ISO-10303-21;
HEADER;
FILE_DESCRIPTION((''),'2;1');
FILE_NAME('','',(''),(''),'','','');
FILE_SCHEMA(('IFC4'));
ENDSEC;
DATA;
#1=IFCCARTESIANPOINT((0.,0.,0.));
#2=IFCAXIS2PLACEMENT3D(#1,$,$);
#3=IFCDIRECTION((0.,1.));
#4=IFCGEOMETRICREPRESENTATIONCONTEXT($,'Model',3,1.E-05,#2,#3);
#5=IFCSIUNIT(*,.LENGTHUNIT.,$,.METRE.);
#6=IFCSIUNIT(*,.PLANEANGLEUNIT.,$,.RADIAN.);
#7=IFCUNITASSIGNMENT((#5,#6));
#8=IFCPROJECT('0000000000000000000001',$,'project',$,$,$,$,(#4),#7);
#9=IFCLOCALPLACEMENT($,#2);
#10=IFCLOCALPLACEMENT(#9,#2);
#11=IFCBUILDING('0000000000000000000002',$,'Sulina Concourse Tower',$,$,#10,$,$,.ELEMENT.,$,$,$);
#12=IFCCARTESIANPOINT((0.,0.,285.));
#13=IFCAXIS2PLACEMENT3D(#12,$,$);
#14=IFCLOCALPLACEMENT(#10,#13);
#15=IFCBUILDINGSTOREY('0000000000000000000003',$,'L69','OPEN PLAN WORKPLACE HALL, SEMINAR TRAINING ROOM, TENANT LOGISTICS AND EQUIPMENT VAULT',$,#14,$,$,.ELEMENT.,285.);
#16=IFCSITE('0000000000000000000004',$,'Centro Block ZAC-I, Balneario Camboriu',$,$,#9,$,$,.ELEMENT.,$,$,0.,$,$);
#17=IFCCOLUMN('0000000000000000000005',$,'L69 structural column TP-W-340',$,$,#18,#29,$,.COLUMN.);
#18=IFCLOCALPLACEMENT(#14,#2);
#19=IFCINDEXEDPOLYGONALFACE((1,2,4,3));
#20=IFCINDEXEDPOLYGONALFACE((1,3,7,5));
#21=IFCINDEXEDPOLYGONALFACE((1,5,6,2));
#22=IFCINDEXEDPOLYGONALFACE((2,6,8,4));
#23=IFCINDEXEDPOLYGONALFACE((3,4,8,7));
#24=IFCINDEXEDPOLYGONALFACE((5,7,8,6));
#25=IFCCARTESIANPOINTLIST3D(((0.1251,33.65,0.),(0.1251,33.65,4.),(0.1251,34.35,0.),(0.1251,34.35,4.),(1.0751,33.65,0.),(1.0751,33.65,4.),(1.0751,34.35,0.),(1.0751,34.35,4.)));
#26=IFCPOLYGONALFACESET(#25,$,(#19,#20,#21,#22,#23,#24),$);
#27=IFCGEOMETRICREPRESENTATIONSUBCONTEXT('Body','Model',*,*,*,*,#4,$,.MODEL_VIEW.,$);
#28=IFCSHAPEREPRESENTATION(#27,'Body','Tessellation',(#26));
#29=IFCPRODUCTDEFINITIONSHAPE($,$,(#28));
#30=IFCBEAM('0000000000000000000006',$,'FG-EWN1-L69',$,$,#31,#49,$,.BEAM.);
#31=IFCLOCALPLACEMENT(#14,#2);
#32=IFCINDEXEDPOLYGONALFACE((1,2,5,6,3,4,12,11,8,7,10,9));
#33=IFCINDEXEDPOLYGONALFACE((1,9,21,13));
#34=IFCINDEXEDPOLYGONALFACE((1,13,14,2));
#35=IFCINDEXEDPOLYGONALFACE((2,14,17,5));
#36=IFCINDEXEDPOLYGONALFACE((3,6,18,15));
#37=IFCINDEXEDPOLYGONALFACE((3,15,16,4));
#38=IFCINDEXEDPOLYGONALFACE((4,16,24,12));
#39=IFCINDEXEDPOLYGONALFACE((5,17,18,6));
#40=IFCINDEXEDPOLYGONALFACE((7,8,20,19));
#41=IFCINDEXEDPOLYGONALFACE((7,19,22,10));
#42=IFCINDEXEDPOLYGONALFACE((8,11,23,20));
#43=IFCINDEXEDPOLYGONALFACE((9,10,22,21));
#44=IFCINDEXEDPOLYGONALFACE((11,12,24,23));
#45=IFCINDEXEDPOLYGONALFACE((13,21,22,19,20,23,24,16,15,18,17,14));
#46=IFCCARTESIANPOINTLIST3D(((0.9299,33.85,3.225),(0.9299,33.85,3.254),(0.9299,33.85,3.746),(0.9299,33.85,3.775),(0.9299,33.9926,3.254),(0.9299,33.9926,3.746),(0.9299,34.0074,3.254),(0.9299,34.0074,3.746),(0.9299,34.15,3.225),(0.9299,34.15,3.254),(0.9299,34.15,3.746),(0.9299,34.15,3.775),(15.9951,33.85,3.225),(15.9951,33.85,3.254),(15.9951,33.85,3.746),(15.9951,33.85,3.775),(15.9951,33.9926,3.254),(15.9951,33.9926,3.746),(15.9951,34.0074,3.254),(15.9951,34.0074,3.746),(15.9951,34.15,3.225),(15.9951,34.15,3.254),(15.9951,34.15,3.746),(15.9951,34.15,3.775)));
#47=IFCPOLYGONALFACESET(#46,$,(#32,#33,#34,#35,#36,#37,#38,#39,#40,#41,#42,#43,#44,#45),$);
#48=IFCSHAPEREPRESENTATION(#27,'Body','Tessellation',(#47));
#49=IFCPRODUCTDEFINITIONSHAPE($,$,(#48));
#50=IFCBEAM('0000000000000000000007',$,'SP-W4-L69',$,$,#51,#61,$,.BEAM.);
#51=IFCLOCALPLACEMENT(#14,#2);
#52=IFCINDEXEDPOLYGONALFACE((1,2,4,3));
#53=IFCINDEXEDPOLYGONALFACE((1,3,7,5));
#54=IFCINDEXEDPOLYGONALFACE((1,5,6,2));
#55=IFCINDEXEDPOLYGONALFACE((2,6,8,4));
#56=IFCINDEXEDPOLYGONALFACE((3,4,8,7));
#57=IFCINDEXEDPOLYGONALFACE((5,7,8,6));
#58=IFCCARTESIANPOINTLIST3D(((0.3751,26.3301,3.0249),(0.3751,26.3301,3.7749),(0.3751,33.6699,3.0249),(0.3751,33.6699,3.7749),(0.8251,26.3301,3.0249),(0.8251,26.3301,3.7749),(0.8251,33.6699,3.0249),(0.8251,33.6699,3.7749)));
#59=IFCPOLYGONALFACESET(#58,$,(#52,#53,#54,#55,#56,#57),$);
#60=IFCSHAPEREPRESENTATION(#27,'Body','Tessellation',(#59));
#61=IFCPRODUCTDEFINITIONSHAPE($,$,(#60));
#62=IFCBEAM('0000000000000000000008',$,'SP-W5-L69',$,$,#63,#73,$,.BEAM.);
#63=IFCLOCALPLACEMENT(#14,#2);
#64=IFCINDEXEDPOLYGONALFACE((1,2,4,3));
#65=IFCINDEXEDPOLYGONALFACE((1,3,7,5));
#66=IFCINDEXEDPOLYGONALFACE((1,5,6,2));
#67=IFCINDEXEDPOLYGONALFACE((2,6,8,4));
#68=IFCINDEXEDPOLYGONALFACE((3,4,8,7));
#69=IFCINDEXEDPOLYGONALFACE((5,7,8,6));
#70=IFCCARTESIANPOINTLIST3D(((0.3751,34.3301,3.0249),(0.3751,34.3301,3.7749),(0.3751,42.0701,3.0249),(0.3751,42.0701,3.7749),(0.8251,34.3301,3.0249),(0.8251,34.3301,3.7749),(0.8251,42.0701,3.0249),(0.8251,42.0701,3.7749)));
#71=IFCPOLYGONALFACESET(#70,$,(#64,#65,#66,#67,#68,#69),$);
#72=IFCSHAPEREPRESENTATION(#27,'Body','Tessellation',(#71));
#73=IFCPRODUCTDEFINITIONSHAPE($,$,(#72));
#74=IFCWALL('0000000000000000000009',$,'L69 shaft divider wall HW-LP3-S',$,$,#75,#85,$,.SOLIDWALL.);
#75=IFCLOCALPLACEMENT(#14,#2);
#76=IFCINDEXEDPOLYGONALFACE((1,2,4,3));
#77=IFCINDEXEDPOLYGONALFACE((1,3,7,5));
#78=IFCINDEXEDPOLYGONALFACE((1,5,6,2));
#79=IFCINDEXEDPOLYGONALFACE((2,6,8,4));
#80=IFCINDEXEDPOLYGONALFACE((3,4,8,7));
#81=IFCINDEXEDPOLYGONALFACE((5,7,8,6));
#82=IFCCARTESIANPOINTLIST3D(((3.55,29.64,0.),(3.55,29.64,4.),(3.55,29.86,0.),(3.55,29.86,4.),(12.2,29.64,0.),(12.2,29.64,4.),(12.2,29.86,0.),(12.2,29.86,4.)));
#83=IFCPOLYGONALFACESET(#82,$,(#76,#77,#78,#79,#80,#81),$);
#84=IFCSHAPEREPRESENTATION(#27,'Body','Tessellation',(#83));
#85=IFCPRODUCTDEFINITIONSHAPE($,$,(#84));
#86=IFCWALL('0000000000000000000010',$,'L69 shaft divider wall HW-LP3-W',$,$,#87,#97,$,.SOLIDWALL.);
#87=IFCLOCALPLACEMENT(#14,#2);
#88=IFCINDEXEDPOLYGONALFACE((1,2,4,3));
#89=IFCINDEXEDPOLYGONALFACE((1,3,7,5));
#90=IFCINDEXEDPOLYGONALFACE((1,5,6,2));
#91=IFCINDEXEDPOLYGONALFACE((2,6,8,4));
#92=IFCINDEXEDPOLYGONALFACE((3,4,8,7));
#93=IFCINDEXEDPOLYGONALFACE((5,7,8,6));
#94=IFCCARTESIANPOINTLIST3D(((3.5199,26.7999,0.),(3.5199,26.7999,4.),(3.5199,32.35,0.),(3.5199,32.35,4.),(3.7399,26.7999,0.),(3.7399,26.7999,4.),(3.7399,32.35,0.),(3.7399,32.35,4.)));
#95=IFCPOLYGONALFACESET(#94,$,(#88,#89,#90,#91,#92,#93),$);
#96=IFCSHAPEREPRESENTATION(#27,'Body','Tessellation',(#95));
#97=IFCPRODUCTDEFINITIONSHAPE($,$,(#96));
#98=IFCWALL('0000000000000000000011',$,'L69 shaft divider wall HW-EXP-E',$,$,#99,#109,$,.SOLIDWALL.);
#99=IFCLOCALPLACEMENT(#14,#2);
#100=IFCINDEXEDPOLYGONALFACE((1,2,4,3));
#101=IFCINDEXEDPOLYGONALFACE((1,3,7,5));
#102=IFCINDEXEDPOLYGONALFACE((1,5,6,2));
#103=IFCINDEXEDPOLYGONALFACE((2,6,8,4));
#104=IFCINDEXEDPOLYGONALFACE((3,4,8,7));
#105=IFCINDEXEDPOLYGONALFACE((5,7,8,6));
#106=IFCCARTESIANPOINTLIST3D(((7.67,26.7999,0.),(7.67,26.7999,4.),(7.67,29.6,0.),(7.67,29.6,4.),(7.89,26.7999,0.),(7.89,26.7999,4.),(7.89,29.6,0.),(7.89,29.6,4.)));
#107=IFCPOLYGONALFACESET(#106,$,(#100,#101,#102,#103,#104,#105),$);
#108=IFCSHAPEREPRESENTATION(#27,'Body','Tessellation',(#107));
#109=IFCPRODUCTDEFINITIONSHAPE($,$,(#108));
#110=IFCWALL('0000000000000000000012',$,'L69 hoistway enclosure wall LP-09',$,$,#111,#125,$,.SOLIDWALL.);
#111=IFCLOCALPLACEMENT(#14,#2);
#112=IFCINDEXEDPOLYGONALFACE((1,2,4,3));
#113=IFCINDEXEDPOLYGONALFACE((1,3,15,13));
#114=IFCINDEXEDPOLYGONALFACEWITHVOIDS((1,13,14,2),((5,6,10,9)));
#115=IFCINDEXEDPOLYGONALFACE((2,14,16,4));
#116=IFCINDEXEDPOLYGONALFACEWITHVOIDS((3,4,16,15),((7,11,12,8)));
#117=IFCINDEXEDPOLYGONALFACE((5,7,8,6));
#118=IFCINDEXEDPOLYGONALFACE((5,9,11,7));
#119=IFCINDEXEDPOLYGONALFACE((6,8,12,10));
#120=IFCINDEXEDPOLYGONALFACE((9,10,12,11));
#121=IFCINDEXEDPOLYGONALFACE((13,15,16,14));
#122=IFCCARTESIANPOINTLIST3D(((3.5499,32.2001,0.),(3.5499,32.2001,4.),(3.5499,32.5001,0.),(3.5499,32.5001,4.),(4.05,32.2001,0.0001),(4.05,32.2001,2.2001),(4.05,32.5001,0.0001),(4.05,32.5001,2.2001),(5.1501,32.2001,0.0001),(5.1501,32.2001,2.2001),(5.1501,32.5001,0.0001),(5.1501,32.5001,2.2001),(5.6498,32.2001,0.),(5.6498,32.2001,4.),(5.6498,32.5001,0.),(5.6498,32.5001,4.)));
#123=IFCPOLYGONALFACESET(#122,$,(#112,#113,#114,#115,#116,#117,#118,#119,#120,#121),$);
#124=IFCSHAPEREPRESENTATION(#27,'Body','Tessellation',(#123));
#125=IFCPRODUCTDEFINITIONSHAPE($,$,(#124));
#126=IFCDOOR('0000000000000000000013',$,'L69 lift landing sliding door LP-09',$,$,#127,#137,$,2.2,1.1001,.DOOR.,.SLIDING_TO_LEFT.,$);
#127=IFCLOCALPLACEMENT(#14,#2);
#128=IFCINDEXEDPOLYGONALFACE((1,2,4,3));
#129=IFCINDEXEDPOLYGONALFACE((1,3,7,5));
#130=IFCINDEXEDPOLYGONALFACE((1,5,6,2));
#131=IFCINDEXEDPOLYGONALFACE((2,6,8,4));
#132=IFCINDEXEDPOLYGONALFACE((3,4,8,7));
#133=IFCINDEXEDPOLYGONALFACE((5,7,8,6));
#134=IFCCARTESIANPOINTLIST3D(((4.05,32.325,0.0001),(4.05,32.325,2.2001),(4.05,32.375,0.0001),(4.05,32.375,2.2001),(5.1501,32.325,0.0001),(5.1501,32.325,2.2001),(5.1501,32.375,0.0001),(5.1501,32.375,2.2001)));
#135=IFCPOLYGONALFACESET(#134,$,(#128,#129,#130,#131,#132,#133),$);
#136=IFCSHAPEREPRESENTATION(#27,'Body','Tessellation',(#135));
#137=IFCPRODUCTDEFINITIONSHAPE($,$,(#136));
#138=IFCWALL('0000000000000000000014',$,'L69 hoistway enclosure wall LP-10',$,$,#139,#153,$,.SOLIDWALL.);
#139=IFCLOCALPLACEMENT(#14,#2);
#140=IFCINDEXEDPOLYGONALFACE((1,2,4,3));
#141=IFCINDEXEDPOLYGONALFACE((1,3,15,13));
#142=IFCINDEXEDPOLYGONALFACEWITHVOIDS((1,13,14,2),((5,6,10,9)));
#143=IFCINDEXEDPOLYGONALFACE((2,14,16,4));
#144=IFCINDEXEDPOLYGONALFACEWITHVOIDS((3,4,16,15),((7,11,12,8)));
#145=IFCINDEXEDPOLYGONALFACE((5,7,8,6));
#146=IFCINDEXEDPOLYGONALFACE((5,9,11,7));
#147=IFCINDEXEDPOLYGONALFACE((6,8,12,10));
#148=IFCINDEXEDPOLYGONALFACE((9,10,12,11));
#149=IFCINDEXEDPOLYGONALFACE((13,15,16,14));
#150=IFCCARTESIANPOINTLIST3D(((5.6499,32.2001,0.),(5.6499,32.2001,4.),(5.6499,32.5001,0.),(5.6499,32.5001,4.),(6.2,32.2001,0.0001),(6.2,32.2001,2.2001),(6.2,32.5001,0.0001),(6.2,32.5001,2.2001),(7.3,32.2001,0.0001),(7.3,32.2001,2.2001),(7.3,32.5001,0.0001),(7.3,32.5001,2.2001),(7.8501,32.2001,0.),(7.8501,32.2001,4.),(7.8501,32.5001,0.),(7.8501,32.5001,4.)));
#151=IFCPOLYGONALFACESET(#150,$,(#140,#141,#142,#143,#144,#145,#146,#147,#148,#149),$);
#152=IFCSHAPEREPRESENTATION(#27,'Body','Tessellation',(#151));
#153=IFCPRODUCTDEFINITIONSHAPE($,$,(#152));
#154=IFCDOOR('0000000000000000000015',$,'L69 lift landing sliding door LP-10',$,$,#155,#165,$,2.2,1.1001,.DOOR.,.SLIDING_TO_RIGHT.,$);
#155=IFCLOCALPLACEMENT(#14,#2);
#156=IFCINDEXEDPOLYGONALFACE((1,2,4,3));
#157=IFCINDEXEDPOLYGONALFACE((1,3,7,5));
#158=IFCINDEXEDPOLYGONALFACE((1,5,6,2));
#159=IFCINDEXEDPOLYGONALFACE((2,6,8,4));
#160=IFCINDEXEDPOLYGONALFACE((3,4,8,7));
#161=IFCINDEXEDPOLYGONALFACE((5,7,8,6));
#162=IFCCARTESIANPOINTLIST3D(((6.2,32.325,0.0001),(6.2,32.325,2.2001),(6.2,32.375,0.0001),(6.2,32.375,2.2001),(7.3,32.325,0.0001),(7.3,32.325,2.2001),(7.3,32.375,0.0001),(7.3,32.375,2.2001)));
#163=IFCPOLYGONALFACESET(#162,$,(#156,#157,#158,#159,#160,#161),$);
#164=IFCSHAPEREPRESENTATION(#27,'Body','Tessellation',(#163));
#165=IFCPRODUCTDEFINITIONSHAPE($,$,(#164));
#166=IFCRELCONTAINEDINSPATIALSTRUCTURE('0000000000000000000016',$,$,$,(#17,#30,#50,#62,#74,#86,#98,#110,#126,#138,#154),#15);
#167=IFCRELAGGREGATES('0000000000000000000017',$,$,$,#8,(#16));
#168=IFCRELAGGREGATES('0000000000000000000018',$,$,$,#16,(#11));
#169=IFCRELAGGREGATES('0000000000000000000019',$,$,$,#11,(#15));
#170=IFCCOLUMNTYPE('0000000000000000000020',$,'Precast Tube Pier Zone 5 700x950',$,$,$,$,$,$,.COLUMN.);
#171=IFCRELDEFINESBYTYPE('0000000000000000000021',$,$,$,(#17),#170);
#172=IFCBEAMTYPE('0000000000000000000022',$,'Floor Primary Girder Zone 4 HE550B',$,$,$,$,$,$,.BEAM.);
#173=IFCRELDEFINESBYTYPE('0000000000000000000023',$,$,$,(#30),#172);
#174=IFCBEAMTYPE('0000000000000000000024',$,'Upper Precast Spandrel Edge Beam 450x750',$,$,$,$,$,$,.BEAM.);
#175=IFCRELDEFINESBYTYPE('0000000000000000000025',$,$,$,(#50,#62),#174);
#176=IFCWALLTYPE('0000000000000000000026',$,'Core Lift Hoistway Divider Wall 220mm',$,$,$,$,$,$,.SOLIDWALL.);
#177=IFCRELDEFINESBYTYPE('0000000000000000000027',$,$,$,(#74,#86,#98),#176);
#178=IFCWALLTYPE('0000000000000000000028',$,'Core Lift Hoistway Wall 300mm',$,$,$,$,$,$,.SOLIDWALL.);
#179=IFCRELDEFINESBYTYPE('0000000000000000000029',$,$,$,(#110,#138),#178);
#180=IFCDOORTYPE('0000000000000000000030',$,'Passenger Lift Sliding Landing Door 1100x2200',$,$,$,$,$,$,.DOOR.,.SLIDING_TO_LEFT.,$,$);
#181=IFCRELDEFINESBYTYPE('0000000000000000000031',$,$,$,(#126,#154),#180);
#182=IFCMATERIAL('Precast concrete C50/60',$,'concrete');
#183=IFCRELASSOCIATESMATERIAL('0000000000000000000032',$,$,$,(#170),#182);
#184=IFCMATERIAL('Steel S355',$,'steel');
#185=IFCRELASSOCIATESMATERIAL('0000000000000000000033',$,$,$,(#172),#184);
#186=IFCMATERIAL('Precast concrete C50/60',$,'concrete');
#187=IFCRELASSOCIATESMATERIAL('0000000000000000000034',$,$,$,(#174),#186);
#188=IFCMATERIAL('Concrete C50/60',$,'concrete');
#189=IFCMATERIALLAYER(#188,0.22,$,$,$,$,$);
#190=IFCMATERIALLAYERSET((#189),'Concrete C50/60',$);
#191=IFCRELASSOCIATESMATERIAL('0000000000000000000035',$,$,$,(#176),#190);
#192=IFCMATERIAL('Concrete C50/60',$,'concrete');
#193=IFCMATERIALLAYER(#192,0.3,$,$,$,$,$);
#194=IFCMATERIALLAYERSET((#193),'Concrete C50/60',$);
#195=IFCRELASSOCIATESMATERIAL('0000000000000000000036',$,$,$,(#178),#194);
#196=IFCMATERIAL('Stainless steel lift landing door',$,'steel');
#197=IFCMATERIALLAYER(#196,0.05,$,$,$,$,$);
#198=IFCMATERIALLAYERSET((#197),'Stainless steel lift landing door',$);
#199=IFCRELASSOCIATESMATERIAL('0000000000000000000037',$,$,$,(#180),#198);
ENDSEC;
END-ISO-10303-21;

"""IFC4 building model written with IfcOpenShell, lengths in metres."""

from ifc_helpers import new_model, si_unit, direction, frame, frame_2d, origin, origin_2d, place, context, subcontext, project, spatial, rectangle, i_section, extrude, material, layer, layer_set, material_profile, profile_set, type_object, element, fill, save


model = new_model("IFC4")

# Units and contexts
model_context = context("Model", 3, precision=1e-05, world=origin(), true_north=direction((0.0, 1.0)))
body_context = subcontext(model_context, "Body", "Model", "MODEL_VIEW")
ifc_project = project(units=[si_unit("LENGTHUNIT", "METRE"), si_unit("PLANEANGLEUNIT", "RADIAN")], contexts=[model_context])

# Site, building, storey
site_placement = place(None, origin())
site = spatial("IfcSite", under=ifc_project, at=site_placement, Name="Centro Block ZAC-I, Balneario Camboriu", CompositionType="ELEMENT", RefElevation=0.0)
building_placement = place(site_placement, origin())
building = spatial("IfcBuilding", under=site, at=building_placement, Name="Sulina Concourse Tower", CompositionType="ELEMENT")
storey_placement = place(building_placement, frame((0.0, 0.0, 285.0)))
storey = spatial("IfcBuildingStorey", under=building, at=storey_placement, Name="L69", Description="OPEN PLAN WORKPLACE HALL, SEMINAR TRAINING ROOM, TENANT LOGISTICS AND EQUIPMENT VAULT", CompositionType="ELEMENT", Elevation=285.0)

# Column
ifc_material_1 = material(Name="Precast concrete C50/60", Category="concrete")
ifc_material_profile_1 = material_profile(ifc_material_1, rectangle(XDim=0.7, YDim=0.95, at=origin_2d()), Name="PC 700x950")
ifc_profile_set_1 = profile_set([ifc_material_profile_1], Name="Precast concrete C50/60")
column_type = type_object("IfcColumnType", Name="Precast Tube Pier Zone 5 700x950", PredefinedType="COLUMN", material=ifc_profile_set_1)
column_placement = place(storey_placement, frame((0.6001, 34.0, 0.0), z_axis=(0.0, 0.0, 1.0), x_axis=(0.0, 1.0, 0.0)))
element("IfcColumn", 1, at=column_placement, inside=storey, type_object=column_type, Name="L69 structural column TP-W-340", PredefinedType="COLUMN", context=body_context, shape_type="SweptSolid", body=[
    extrude(rectangle(XDim=0.7, YDim=0.95, at=origin_2d()), origin(), (0.0, 0.0, 1.0), 4.0),
])

# Beams
ifc_material_2 = material(Name="Steel S355", Category="steel")
ifc_material_profile_2 = material_profile(ifc_material_2, i_section(OverallWidth=0.3, OverallDepth=0.55, WebThickness=0.0149, FlangeThickness=0.0291, at=origin_2d()), Name="HE 550 B")
ifc_profile_set_2 = profile_set([ifc_material_profile_2], Name="Steel S355")
beam_type_1 = type_object("IfcBeamType", Name="Floor Primary Girder Zone 4 HE550B", PredefinedType="BEAM", material=ifc_profile_set_2)
beam_1_placement = place(storey_placement, frame((0.9299, 34.0, 3.5), z_axis=(1.0, 0.0, 0.0), x_axis=(0.0, 1.0, 0.0)))
element("IfcBeam", 2, at=beam_1_placement, inside=storey, type_object=beam_type_1, Name="FG-EWN1-L69", PredefinedType="BEAM", context=body_context, shape_type="SweptSolid", body=[
    extrude(i_section(OverallWidth=0.3, OverallDepth=0.55, WebThickness=0.0149, FlangeThickness=0.0291, at=origin_2d()), origin(), (0.0, 0.0, 1.0), 15.0652),
])
ifc_material_3 = material(Name="Precast concrete C50/60", Category="concrete")
ifc_material_profile_3 = material_profile(ifc_material_3, rectangle(XDim=0.45, YDim=0.75, at=origin_2d()), Name="RC 450x750")
ifc_profile_set_3 = profile_set([ifc_material_profile_3], Name="Precast concrete C50/60")
beam_type_2 = type_object("IfcBeamType", Name="Upper Precast Spandrel Edge Beam 450x750", PredefinedType="BEAM", material=ifc_profile_set_3)
beam_2_placement = place(storey_placement, frame((0.6001, 26.3301, 3.3999), z_axis=(0.0, 1.0, 0.0), x_axis=(-1.0, 0.0, 0.0)))
element("IfcBeam", 3, at=beam_2_placement, inside=storey, type_object=beam_type_2, Name="SP-W4-L69", PredefinedType="BEAM", context=body_context, shape_type="SweptSolid", body=[
    extrude(rectangle(XDim=0.45, YDim=0.75, at=origin_2d()), origin(), (0.0, 0.0, 1.0), 7.3398),
])
beam_3_placement = place(storey_placement, frame((0.6001, 34.3301, 3.3999), z_axis=(0.0, 1.0, 0.0), x_axis=(-1.0, 0.0, 0.0)))
element("IfcBeam", 4, at=beam_3_placement, inside=storey, type_object=beam_type_2, Name="SP-W5-L69", PredefinedType="BEAM", context=body_context, shape_type="SweptSolid", body=[
    extrude(rectangle(XDim=0.45, YDim=0.75, at=origin_2d()), origin(), (0.0, 0.0, 1.0), 7.74),
])

# Walls
ifc_material_4 = material(Name="Concrete C50/60", Category="concrete")
ifc_layer_1 = layer(ifc_material_4, 0.22)
ifc_layer_set_1 = layer_set([ifc_layer_1], Name="Concrete C50/60")
wall_type_1 = type_object("IfcWallType", Name="Core Lift Hoistway Divider Wall 220mm", PredefinedType="SOLIDWALL", material=ifc_layer_set_1)
wall_1_placement = place(storey_placement, frame((3.55, 29.75, 0.0), z_axis=(0.0, 0.0, 1.0), x_axis=(1.0, 0.0, 0.0)))
element("IfcWall", 5, at=wall_1_placement, inside=storey, type_object=wall_type_1, Name="L69 shaft divider wall HW-LP3-S", PredefinedType="SOLIDWALL", context=body_context, shape_type="SweptSolid", body=[
    extrude(rectangle(XDim=8.6499, YDim=0.22, at=frame_2d((4.325, 0.0))), origin(), (0.0, 0.0, 1.0), 4.0),
])
wall_2_placement = place(storey_placement, frame((3.6299, 26.8, 0.0), z_axis=(0.0, 0.0, 1.0), x_axis=(0.0, 1.0, 0.0)))
element("IfcWall", 6, at=wall_2_placement, inside=storey, type_object=wall_type_1, Name="L69 shaft divider wall HW-LP3-W", PredefinedType="SOLIDWALL", context=body_context, shape_type="SweptSolid", body=[
    extrude(rectangle(XDim=5.55, YDim=0.22, at=frame_2d((2.7749, 0.0))), origin(), (0.0, 0.0, 1.0), 4.0),
])
wall_3_placement = place(storey_placement, frame((7.78, 26.8, 0.0), z_axis=(0.0, 0.0, 1.0), x_axis=(0.0, 1.0, 0.0)))
element("IfcWall", 7, at=wall_3_placement, inside=storey, type_object=wall_type_1, Name="L69 shaft divider wall HW-EXP-E", PredefinedType="SOLIDWALL", context=body_context, shape_type="SweptSolid", body=[
    extrude(rectangle(XDim=2.8, YDim=0.22, at=frame_2d((1.3999, 0.0))), origin(), (0.0, 0.0, 1.0), 4.0),
])

# Walls, openings, doors
ifc_material_5 = material(Name="Concrete C50/60", Category="concrete")
ifc_layer_2 = layer(ifc_material_5, 0.3)
ifc_layer_set_2 = layer_set([ifc_layer_2], Name="Concrete C50/60")
wall_type_2 = type_object("IfcWallType", Name="Core Lift Hoistway Wall 300mm", PredefinedType="SOLIDWALL", material=ifc_layer_set_2)
wall_4_placement = place(storey_placement, frame((3.55, 32.3501, 0.0), z_axis=(0.0, 0.0, 1.0), x_axis=(1.0, 0.0, 0.0)))
wall_4 = element("IfcWall", 8, at=wall_4_placement, inside=storey, type_object=wall_type_2, Name="L69 hoistway enclosure wall LP-09", PredefinedType="SOLIDWALL", context=body_context, shape_type="SweptSolid", body=[
    extrude(rectangle(XDim=2.0999, YDim=0.3, at=frame_2d((1.0498, 0.0))), origin(), (0.0, 0.0, 1.0), 4.0),
])
opening_1_placement = place(wall_4_placement, frame((0.5, 0.0, 0.0)))
opening_1 = element("IfcOpeningElement", 9, at=opening_1_placement, cuts=wall_4, PredefinedType="OPENING", context=body_context, shape_type="SweptSolid", body=[
    extrude(rectangle(XDim=1.1001, YDim=2.2, at=frame_2d((0.55, 1.1001))), frame((0.0, 0.1599, 0.0), z_axis=(0.0, -1.0, 0.0), x_axis=(1.0, 0.0, 0.0)), (0.0, 0.0, 1.0), 0.3201),
])
ifc_material_6 = material(Name="Stainless steel lift landing door", Category="steel")
ifc_layer_3 = layer(ifc_material_6, 0.05)
ifc_layer_set_3 = layer_set([ifc_layer_3], Name="Stainless steel lift landing door")
door_type_1 = type_object("IfcDoorType", Name="Passenger Lift Sliding Landing Door 1100x2200", OperationType="SLIDING_TO_LEFT", PredefinedType="DOOR", material=ifc_layer_set_3)
door_1_placement = place(opening_1_placement, origin())
door_1 = element("IfcDoor", 10, at=door_1_placement, inside=storey, type_object=door_type_1, Name="L69 lift landing sliding door LP-09", OperationType="SLIDING_TO_LEFT", OverallHeight=2.2, OverallWidth=1.1001, PredefinedType="DOOR", context=body_context, shape_type="SweptSolid", body=[
    extrude(rectangle(XDim=1.1001, YDim=2.2, at=frame_2d((0.55, 1.1001))), frame((0.0, 0.0249, 0.0), z_axis=(0.0, -1.0, 0.0), x_axis=(1.0, 0.0, 0.0)), (0.0, 0.0, 1.0), 0.05),
])
fill(opening_1, door_1)
wall_5_placement = place(storey_placement, frame((5.6499, 32.3501, 0.0), z_axis=(0.0, 0.0, 1.0), x_axis=(1.0, 0.0, 0.0)))
wall_5 = element("IfcWall", 11, at=wall_5_placement, inside=storey, type_object=wall_type_2, Name="L69 hoistway enclosure wall LP-10", PredefinedType="SOLIDWALL", context=body_context, shape_type="SweptSolid", body=[
    extrude(rectangle(XDim=2.2002, YDim=0.3, at=frame_2d((1.1001, 0.0))), origin(), (0.0, 0.0, 1.0), 4.0),
])
opening_2_placement = place(wall_5_placement, frame((0.55, 0.0, 0.0)))
opening_2 = element("IfcOpeningElement", 12, at=opening_2_placement, cuts=wall_5, PredefinedType="OPENING", context=body_context, shape_type="SweptSolid", body=[
    extrude(rectangle(XDim=1.1001, YDim=2.2, at=frame_2d((0.55, 1.1001))), frame((0.0, 0.1599, 0.0), z_axis=(0.0, -1.0, 0.0), x_axis=(1.0, 0.0, 0.0)), (0.0, 0.0, 1.0), 0.3201),
])
door_2_placement = place(opening_2_placement, origin())
door_2 = element("IfcDoor", 13, at=door_2_placement, inside=storey, type_object=door_type_1, Name="L69 lift landing sliding door LP-10", OperationType="SLIDING_TO_RIGHT", OverallHeight=2.2, OverallWidth=1.1001, PredefinedType="DOOR", context=body_context, shape_type="SweptSolid", body=[
    extrude(rectangle(XDim=1.1001, YDim=2.2, at=frame_2d((0.55, 1.1001))), frame((0.0, 0.0249, 0.0), z_axis=(0.0, -1.0, 0.0), x_axis=(1.0, 0.0, 0.0)), (0.0, 0.0, 1.0), 0.05),
])
fill(opening_2, door_2)

save(model, "model.ifc")
